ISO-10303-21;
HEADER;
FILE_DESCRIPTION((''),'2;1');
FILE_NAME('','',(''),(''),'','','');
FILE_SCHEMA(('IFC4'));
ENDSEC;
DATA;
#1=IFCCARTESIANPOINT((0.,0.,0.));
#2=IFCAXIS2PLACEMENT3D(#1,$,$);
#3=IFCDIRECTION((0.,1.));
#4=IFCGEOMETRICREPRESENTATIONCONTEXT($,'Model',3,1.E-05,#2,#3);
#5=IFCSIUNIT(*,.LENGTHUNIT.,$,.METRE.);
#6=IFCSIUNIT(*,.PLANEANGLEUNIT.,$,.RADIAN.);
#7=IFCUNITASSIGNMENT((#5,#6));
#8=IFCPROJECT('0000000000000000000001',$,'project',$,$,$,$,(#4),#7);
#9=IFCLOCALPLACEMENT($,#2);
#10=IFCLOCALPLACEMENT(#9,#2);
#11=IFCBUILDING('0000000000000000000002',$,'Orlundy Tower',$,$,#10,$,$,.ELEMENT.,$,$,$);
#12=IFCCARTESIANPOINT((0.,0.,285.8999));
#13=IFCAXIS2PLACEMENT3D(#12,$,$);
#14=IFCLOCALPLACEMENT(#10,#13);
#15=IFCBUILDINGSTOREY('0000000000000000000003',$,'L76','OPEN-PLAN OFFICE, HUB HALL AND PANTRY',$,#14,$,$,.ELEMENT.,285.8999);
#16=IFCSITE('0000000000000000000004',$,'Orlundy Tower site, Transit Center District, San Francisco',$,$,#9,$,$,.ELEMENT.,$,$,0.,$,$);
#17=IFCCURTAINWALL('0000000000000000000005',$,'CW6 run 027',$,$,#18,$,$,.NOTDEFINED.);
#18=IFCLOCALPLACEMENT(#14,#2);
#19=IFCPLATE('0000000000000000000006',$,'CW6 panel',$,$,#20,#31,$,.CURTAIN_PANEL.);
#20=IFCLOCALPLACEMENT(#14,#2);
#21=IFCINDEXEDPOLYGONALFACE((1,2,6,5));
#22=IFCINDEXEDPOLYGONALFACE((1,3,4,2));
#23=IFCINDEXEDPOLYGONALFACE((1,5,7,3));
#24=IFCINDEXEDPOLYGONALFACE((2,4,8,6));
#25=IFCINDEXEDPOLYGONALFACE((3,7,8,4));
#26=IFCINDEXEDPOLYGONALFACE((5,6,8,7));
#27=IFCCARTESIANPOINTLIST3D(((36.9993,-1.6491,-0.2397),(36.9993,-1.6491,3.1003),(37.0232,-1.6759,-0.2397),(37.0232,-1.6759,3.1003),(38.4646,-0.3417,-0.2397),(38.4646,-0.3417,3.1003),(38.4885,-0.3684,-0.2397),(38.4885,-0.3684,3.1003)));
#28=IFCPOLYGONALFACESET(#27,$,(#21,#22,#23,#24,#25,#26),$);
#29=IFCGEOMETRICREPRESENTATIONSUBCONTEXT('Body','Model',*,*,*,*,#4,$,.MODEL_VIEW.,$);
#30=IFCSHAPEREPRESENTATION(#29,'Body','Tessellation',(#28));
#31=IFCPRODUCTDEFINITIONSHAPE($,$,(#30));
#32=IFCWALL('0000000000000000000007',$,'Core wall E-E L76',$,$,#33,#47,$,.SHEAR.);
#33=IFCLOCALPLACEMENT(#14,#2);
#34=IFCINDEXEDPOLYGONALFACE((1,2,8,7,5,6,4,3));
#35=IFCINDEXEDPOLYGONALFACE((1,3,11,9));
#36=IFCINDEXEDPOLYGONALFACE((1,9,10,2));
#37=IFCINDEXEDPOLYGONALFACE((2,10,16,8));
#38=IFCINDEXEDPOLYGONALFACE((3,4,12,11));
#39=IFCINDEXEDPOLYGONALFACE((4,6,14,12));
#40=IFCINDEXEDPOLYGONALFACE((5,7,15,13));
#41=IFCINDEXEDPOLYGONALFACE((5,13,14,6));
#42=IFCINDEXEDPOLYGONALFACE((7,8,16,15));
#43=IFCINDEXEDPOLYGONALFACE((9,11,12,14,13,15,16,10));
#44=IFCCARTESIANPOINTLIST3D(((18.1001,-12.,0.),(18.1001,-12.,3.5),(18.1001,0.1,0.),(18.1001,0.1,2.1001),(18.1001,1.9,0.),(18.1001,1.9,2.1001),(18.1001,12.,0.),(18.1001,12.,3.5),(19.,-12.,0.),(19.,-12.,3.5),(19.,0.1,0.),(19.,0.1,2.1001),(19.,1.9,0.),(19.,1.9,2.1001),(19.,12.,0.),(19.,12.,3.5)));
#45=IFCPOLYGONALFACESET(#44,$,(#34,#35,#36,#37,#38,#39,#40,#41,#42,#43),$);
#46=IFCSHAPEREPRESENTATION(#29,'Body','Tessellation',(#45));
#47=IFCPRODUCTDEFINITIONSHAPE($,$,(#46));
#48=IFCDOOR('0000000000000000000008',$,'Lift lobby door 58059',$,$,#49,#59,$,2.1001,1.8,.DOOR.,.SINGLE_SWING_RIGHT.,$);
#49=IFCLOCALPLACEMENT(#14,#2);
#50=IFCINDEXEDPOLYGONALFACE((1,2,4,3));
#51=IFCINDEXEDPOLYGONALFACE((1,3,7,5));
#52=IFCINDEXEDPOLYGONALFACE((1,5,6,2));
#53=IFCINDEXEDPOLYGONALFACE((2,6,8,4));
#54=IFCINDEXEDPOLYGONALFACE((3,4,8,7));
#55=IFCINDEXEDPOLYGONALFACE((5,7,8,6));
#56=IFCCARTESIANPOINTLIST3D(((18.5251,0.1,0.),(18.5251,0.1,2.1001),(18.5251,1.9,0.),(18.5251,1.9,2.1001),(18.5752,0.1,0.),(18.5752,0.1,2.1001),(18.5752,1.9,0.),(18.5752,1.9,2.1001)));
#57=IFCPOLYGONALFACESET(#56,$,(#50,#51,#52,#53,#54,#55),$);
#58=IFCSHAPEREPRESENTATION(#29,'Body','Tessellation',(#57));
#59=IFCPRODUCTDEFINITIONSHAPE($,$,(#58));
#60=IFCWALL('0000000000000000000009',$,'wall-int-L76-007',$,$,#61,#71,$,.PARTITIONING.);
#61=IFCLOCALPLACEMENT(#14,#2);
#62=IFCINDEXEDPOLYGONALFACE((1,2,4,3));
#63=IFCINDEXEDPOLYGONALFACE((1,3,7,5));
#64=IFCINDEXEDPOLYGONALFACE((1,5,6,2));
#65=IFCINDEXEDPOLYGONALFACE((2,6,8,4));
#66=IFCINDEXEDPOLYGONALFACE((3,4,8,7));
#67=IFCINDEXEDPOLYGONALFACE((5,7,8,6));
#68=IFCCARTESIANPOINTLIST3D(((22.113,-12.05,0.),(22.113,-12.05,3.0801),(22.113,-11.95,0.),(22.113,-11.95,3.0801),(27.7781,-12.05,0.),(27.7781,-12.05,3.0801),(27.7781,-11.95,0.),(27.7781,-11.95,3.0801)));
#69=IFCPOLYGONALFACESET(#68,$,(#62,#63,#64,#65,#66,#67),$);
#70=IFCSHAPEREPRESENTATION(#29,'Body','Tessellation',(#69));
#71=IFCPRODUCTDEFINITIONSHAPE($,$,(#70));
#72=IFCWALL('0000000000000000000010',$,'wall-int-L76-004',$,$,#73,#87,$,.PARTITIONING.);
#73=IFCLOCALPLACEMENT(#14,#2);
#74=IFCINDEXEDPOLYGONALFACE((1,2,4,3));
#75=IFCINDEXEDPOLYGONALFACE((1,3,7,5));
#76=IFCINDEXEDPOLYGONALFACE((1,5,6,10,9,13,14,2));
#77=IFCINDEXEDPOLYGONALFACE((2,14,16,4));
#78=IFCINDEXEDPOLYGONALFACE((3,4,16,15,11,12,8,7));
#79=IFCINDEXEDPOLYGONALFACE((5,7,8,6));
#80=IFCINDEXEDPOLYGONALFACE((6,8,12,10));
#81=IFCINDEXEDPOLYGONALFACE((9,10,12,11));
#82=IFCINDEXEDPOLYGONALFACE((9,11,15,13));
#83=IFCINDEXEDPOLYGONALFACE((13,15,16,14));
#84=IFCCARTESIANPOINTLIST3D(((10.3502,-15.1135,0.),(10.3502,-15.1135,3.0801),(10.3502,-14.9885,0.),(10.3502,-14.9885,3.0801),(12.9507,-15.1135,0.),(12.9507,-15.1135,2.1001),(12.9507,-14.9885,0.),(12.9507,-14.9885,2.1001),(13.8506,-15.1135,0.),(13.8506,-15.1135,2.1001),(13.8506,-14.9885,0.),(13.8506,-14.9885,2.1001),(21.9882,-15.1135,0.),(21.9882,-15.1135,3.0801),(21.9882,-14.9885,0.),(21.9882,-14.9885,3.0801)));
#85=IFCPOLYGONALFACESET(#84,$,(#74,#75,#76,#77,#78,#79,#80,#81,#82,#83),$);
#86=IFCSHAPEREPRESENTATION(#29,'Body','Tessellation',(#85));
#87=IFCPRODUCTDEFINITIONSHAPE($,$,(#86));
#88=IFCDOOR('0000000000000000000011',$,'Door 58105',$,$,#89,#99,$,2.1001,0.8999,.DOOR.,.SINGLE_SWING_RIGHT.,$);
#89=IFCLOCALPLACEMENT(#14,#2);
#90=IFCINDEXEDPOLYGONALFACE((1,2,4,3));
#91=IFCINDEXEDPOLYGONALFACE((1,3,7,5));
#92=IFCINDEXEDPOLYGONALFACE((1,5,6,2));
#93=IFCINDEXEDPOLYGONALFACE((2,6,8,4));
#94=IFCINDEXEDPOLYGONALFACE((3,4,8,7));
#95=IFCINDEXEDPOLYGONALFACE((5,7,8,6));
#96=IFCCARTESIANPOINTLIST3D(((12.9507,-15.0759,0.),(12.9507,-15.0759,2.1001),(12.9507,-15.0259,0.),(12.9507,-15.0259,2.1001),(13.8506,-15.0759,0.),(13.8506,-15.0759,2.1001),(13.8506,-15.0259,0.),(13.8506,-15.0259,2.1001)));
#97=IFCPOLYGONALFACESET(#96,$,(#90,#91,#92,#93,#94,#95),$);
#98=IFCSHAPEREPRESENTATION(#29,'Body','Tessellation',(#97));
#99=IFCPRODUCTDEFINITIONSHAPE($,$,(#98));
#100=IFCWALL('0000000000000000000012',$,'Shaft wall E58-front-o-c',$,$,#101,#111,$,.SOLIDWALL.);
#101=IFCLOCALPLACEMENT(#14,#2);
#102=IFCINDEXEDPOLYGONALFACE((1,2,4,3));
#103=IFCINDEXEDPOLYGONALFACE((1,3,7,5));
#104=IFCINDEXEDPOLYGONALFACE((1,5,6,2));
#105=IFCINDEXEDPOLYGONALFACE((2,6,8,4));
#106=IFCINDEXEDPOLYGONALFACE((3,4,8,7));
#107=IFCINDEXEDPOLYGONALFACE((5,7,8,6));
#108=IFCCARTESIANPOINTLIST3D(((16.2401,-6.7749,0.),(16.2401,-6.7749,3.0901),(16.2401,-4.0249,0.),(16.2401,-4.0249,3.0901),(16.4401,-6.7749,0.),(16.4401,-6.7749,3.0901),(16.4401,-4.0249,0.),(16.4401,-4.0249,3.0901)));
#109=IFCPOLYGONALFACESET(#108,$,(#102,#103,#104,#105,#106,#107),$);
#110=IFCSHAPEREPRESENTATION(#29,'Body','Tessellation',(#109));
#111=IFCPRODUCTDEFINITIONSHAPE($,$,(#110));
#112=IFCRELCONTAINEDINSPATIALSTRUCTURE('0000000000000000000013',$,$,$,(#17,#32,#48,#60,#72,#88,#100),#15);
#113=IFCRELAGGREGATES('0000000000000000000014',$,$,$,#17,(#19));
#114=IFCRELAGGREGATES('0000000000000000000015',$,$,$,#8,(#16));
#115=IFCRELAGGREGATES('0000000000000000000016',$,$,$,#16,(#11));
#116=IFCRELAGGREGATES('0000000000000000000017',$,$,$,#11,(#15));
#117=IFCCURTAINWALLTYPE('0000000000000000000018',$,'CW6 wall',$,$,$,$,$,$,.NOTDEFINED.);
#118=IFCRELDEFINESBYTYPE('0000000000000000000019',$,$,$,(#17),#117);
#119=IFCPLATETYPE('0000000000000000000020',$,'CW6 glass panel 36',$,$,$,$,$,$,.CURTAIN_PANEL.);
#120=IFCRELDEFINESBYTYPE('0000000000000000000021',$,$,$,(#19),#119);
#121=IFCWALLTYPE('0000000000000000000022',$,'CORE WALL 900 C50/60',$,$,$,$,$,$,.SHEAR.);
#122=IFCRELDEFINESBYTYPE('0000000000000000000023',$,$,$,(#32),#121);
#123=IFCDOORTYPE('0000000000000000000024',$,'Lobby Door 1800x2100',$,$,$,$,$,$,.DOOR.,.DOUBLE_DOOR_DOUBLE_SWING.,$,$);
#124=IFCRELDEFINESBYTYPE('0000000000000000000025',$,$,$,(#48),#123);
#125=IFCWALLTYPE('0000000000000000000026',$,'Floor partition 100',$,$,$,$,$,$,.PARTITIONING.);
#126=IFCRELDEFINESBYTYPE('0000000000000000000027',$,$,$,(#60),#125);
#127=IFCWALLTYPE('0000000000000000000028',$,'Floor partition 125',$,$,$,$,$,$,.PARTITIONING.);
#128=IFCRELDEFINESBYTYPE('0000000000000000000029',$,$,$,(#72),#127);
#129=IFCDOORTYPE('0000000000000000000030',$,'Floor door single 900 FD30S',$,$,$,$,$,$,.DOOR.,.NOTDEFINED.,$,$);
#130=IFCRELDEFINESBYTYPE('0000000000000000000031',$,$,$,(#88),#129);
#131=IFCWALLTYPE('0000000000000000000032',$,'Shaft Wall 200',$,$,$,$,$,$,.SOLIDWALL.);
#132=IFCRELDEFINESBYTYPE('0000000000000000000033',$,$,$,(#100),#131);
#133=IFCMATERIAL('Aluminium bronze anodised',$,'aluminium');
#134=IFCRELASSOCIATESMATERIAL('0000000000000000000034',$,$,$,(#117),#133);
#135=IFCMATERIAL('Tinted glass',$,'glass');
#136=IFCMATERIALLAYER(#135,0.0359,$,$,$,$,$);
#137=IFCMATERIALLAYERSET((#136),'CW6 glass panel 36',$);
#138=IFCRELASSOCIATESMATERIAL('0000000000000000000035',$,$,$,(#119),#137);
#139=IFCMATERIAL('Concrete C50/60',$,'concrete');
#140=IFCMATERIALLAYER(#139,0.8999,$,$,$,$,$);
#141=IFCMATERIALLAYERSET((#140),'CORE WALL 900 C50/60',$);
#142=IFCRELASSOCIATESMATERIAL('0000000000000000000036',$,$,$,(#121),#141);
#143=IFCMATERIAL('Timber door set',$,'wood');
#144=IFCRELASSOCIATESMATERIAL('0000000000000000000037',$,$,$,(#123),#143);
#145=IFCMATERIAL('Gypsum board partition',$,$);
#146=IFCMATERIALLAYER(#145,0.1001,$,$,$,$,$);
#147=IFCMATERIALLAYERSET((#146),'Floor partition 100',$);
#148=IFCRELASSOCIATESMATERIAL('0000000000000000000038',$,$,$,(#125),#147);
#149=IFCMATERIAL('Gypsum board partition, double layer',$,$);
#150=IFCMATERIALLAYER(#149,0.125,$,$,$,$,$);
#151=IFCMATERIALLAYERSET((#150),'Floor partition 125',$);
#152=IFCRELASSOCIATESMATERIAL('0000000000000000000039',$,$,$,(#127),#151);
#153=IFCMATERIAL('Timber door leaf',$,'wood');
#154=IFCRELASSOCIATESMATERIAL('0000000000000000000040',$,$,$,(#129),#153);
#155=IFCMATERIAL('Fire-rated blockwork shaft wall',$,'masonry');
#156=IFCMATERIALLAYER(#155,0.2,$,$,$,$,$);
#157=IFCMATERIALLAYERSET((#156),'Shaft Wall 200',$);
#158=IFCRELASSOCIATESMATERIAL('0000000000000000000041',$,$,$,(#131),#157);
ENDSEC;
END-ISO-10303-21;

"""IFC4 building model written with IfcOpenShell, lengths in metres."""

from ifc_helpers import new_model, si_unit, direction, frame, frame_2d, origin, origin_2d, place, context, subcontext, project, spatial, rectangle, extrude, material, layer, layer_set, type_object, element, fill, aggregate, save


model = new_model("IFC4")

# Units and contexts
model_context = context("Model", 3, precision=1e-05, world=origin(), true_north=direction((0.0, 1.0)))
body_context = subcontext(model_context, "Body", "Model", "MODEL_VIEW")
ifc_project = project(units=[si_unit("LENGTHUNIT", "METRE"), si_unit("PLANEANGLEUNIT", "RADIAN")], contexts=[model_context])

# Site, building, storey
site_placement = place(None, origin())
site = spatial("IfcSite", under=ifc_project, at=site_placement, Name="Orlundy Tower site, Transit Center District, San Francisco", CompositionType="ELEMENT", RefElevation=0.0)
building_placement = place(site_placement, origin())
building = spatial("IfcBuilding", under=site, at=building_placement, Name="Orlundy Tower", CompositionType="ELEMENT")
storey_placement = place(building_placement, frame((0.0, 0.0, 285.8999)))
storey = spatial("IfcBuildingStorey", under=building, at=storey_placement, Name="L76", Description="OPEN-PLAN OFFICE, HUB HALL AND PANTRY", CompositionType="ELEMENT", Elevation=285.8999)

# Shared definitions
ifc_material_1 = material(Name="Aluminium bronze anodised", Category="aluminium")
curtain_wall_type = type_object("IfcCurtainWallType", Name="CW6 wall", PredefinedType="NOTDEFINED", material=ifc_material_1)

# Curtain wall
curtain_wall_1_placement = place(storey_placement, origin())
curtain_wall_1 = element("IfcCurtainWall", 1, at=curtain_wall_1_placement, inside=storey, type_object=curtain_wall_type, Name="CW6 run 027", PredefinedType="NOTDEFINED")

# Plate
ifc_material_2 = material(Name="Tinted glass", Category="glass")
ifc_layer_1 = layer(ifc_material_2, 0.0359)
ifc_layer_set_1 = layer_set([ifc_layer_1], Name="CW6 glass panel 36")
plate_type = type_object("IfcPlateType", Name="CW6 glass panel 36", PredefinedType="CURTAIN_PANEL", material=ifc_layer_set_1)
plate_1_placement = place(storey_placement, frame((37.7439, -1.0088, -0.2397), z_axis=(0.0, 0.0, 1.0), x_axis=(-0.746158, -0.665769, 0.0)))
plate_1 = element("IfcPlate", 2, at=plate_1_placement, type_object=plate_type, Name="CW6 panel", PredefinedType="CURTAIN_PANEL", context=body_context, shape_type="SweptSolid", body=[
    extrude(rectangle(XDim=1.9639, YDim=0.0359, at=origin_2d()), origin(), (0.0, 0.0, 1.0), 3.3401),
])
aggregate(curtain_wall_1, [plate_1])

# Wall, opening, door
ifc_material_3 = material(Name="Concrete C50/60", Category="concrete")
ifc_layer_2 = layer(ifc_material_3, 0.8999)
ifc_layer_set_2 = layer_set([ifc_layer_2], Name="CORE WALL 900 C50/60")
wall_type_1 = type_object("IfcWallType", Name="CORE WALL 900 C50/60", PredefinedType="SHEAR", material=ifc_layer_set_2)
wall_1_placement = place(storey_placement, frame((18.55, -12.0, 0.0), z_axis=(0.0, 0.0, 1.0), x_axis=(0.0, 1.0, 0.0)))
wall_1 = element("IfcWall", 3, at=wall_1_placement, inside=storey, type_object=wall_type_1, Name="Core wall E-E L76", PredefinedType="SHEAR", context=body_context, shape_type="SweptSolid", body=[
    extrude(rectangle(XDim=24.0, YDim=0.8999, at=frame_2d((12.0, 0.0))), origin(), (0.0, 0.0, 1.0), 3.5),
])
opening_1_placement = place(wall_1_placement, frame((12.1001, 0.0, 0.0)))
opening_1 = element("IfcOpeningElement", 4, at=opening_1_placement, cuts=wall_1, PredefinedType="OPENING", context=body_context, shape_type="SweptSolid", body=[
    extrude(rectangle(XDim=1.8, YDim=2.1001, at=frame_2d((0.8999, 1.05))), frame((0.0, 0.46, 0.0), z_axis=(0.0, -1.0, 0.0), x_axis=(1.0, 0.0, 0.0)), (0.0, 0.0, 1.0), 0.9199),
])
ifc_material_4 = material(Name="Timber door set", Category="wood")
door_type_1 = type_object("IfcDoorType", Name="Lobby Door 1800x2100", OperationType="DOUBLE_DOOR_DOUBLE_SWING", PredefinedType="DOOR", material=ifc_material_4)
door_1_placement = place(opening_1_placement, origin())
door_1 = element("IfcDoor", 5, at=door_1_placement, inside=storey, type_object=door_type_1, Name="Lift lobby door 58059", OperationType="SINGLE_SWING_RIGHT", OverallHeight=2.1001, OverallWidth=1.8, PredefinedType="DOOR", context=body_context, shape_type="SweptSolid", body=[
    extrude(rectangle(XDim=1.8, YDim=2.1001, at=frame_2d((0.8999, 1.05))), frame((0.0, 0.0249, 0.0), z_axis=(0.0, -1.0, 0.0), x_axis=(1.0, 0.0, 0.0)), (0.0, 0.0, 1.0), 0.05),
])
fill(opening_1, door_1)

# Wall
ifc_material_5 = material(Name="Gypsum board partition")
ifc_layer_3 = layer(ifc_material_5, 0.1001)
ifc_layer_set_3 = layer_set([ifc_layer_3], Name="Floor partition 100")
wall_type_2 = type_object("IfcWallType", Name="Floor partition 100", PredefinedType="PARTITIONING", material=ifc_layer_set_3)
wall_2_placement = place(storey_placement, frame((22.113, -12.0, 0.0), z_axis=(0.0, 0.0, 1.0), x_axis=(1.0, 0.0, 0.0)))
element("IfcWall", 6, at=wall_2_placement, inside=storey, type_object=wall_type_2, Name="wall-int-L76-007", PredefinedType="PARTITIONING", context=body_context, shape_type="SweptSolid", body=[
    extrude(rectangle(XDim=5.665, YDim=0.1001, at=frame_2d((2.8325, 0.0))), origin(), (0.0, 0.0, 1.0), 3.0801),
])

# Wall, opening, door
ifc_material_6 = material(Name="Gypsum board partition, double layer")
ifc_layer_4 = layer(ifc_material_6, 0.125)
ifc_layer_set_4 = layer_set([ifc_layer_4], Name="Floor partition 125")
wall_type_3 = type_object("IfcWallType", Name="Floor partition 125", PredefinedType="PARTITIONING", material=ifc_layer_set_4)
wall_3_placement = place(storey_placement, frame((21.988, -15.051, 0.0), z_axis=(0.0, 0.0, 1.0), x_axis=(-1.0, 0.0, 0.0)))
wall_3 = element("IfcWall", 7, at=wall_3_placement, inside=storey, type_object=wall_type_3, Name="wall-int-L76-004", PredefinedType="PARTITIONING", context=body_context, shape_type="SweptSolid", body=[
    extrude(rectangle(XDim=11.6379, YDim=0.125, at=frame_2d((5.8188, 0.0))), origin(), (0.0, 0.0, 1.0), 3.0801),
])
opening_2_placement = place(wall_3_placement, frame((8.1375, 0.0, 0.0)))
opening_2 = element("IfcOpeningElement", 8, at=opening_2_placement, cuts=wall_3, PredefinedType="OPENING", context=body_context, shape_type="SweptSolid", body=[
    extrude(rectangle(XDim=0.8999, YDim=2.1001, at=frame_2d((0.45, 1.05))), frame((0.0, 0.0725, 0.0), z_axis=(0.0, -1.0, 0.0), x_axis=(1.0, 0.0, 0.0)), (0.0, 0.0, 1.0), 0.145),
])
ifc_material_7 = material(Name="Timber door leaf", Category="wood")
door_type_2 = type_object("IfcDoorType", Name="Floor door single 900 FD30S", OperationType="NOTDEFINED", PredefinedType="DOOR", material=ifc_material_7)
door_2_placement = place(opening_2_placement, origin())
door_2 = element("IfcDoor", 9, at=door_2_placement, inside=storey, type_object=door_type_2, Name="Door 58105", OperationType="SINGLE_SWING_RIGHT", OverallHeight=2.1001, OverallWidth=0.8999, PredefinedType="DOOR", context=body_context, shape_type="SweptSolid", body=[
    extrude(rectangle(XDim=0.8999, YDim=2.1001, at=frame_2d((0.45, 1.05))), frame((0.0, 0.0249, 0.0), z_axis=(0.0, -1.0, 0.0), x_axis=(1.0, 0.0, 0.0)), (0.0, 0.0, 1.0), 0.05),
])
fill(opening_2, door_2)

# Wall
ifc_material_8 = material(Name="Fire-rated blockwork shaft wall", Category="masonry")
ifc_layer_5 = layer(ifc_material_8, 0.2)
ifc_layer_set_5 = layer_set([ifc_layer_5], Name="Shaft Wall 200")
wall_type_4 = type_object("IfcWallType", Name="Shaft Wall 200", PredefinedType="SOLIDWALL", material=ifc_layer_set_5)
wall_4_placement = place(storey_placement, frame((16.3401, -4.0249, 0.0), z_axis=(0.0, 0.0, 1.0), x_axis=(0.0, -1.0, 0.0)))
element("IfcWall", 10, at=wall_4_placement, inside=storey, type_object=wall_type_4, Name="Shaft wall E58-front-o-c", PredefinedType="SOLIDWALL", context=body_context, shape_type="SweptSolid", body=[
    extrude(rectangle(XDim=2.75, YDim=0.2, at=frame_2d((1.375, 0.0))), origin(), (0.0, 0.0, 1.0), 3.0901),
])

save(model, "model.ifc")
